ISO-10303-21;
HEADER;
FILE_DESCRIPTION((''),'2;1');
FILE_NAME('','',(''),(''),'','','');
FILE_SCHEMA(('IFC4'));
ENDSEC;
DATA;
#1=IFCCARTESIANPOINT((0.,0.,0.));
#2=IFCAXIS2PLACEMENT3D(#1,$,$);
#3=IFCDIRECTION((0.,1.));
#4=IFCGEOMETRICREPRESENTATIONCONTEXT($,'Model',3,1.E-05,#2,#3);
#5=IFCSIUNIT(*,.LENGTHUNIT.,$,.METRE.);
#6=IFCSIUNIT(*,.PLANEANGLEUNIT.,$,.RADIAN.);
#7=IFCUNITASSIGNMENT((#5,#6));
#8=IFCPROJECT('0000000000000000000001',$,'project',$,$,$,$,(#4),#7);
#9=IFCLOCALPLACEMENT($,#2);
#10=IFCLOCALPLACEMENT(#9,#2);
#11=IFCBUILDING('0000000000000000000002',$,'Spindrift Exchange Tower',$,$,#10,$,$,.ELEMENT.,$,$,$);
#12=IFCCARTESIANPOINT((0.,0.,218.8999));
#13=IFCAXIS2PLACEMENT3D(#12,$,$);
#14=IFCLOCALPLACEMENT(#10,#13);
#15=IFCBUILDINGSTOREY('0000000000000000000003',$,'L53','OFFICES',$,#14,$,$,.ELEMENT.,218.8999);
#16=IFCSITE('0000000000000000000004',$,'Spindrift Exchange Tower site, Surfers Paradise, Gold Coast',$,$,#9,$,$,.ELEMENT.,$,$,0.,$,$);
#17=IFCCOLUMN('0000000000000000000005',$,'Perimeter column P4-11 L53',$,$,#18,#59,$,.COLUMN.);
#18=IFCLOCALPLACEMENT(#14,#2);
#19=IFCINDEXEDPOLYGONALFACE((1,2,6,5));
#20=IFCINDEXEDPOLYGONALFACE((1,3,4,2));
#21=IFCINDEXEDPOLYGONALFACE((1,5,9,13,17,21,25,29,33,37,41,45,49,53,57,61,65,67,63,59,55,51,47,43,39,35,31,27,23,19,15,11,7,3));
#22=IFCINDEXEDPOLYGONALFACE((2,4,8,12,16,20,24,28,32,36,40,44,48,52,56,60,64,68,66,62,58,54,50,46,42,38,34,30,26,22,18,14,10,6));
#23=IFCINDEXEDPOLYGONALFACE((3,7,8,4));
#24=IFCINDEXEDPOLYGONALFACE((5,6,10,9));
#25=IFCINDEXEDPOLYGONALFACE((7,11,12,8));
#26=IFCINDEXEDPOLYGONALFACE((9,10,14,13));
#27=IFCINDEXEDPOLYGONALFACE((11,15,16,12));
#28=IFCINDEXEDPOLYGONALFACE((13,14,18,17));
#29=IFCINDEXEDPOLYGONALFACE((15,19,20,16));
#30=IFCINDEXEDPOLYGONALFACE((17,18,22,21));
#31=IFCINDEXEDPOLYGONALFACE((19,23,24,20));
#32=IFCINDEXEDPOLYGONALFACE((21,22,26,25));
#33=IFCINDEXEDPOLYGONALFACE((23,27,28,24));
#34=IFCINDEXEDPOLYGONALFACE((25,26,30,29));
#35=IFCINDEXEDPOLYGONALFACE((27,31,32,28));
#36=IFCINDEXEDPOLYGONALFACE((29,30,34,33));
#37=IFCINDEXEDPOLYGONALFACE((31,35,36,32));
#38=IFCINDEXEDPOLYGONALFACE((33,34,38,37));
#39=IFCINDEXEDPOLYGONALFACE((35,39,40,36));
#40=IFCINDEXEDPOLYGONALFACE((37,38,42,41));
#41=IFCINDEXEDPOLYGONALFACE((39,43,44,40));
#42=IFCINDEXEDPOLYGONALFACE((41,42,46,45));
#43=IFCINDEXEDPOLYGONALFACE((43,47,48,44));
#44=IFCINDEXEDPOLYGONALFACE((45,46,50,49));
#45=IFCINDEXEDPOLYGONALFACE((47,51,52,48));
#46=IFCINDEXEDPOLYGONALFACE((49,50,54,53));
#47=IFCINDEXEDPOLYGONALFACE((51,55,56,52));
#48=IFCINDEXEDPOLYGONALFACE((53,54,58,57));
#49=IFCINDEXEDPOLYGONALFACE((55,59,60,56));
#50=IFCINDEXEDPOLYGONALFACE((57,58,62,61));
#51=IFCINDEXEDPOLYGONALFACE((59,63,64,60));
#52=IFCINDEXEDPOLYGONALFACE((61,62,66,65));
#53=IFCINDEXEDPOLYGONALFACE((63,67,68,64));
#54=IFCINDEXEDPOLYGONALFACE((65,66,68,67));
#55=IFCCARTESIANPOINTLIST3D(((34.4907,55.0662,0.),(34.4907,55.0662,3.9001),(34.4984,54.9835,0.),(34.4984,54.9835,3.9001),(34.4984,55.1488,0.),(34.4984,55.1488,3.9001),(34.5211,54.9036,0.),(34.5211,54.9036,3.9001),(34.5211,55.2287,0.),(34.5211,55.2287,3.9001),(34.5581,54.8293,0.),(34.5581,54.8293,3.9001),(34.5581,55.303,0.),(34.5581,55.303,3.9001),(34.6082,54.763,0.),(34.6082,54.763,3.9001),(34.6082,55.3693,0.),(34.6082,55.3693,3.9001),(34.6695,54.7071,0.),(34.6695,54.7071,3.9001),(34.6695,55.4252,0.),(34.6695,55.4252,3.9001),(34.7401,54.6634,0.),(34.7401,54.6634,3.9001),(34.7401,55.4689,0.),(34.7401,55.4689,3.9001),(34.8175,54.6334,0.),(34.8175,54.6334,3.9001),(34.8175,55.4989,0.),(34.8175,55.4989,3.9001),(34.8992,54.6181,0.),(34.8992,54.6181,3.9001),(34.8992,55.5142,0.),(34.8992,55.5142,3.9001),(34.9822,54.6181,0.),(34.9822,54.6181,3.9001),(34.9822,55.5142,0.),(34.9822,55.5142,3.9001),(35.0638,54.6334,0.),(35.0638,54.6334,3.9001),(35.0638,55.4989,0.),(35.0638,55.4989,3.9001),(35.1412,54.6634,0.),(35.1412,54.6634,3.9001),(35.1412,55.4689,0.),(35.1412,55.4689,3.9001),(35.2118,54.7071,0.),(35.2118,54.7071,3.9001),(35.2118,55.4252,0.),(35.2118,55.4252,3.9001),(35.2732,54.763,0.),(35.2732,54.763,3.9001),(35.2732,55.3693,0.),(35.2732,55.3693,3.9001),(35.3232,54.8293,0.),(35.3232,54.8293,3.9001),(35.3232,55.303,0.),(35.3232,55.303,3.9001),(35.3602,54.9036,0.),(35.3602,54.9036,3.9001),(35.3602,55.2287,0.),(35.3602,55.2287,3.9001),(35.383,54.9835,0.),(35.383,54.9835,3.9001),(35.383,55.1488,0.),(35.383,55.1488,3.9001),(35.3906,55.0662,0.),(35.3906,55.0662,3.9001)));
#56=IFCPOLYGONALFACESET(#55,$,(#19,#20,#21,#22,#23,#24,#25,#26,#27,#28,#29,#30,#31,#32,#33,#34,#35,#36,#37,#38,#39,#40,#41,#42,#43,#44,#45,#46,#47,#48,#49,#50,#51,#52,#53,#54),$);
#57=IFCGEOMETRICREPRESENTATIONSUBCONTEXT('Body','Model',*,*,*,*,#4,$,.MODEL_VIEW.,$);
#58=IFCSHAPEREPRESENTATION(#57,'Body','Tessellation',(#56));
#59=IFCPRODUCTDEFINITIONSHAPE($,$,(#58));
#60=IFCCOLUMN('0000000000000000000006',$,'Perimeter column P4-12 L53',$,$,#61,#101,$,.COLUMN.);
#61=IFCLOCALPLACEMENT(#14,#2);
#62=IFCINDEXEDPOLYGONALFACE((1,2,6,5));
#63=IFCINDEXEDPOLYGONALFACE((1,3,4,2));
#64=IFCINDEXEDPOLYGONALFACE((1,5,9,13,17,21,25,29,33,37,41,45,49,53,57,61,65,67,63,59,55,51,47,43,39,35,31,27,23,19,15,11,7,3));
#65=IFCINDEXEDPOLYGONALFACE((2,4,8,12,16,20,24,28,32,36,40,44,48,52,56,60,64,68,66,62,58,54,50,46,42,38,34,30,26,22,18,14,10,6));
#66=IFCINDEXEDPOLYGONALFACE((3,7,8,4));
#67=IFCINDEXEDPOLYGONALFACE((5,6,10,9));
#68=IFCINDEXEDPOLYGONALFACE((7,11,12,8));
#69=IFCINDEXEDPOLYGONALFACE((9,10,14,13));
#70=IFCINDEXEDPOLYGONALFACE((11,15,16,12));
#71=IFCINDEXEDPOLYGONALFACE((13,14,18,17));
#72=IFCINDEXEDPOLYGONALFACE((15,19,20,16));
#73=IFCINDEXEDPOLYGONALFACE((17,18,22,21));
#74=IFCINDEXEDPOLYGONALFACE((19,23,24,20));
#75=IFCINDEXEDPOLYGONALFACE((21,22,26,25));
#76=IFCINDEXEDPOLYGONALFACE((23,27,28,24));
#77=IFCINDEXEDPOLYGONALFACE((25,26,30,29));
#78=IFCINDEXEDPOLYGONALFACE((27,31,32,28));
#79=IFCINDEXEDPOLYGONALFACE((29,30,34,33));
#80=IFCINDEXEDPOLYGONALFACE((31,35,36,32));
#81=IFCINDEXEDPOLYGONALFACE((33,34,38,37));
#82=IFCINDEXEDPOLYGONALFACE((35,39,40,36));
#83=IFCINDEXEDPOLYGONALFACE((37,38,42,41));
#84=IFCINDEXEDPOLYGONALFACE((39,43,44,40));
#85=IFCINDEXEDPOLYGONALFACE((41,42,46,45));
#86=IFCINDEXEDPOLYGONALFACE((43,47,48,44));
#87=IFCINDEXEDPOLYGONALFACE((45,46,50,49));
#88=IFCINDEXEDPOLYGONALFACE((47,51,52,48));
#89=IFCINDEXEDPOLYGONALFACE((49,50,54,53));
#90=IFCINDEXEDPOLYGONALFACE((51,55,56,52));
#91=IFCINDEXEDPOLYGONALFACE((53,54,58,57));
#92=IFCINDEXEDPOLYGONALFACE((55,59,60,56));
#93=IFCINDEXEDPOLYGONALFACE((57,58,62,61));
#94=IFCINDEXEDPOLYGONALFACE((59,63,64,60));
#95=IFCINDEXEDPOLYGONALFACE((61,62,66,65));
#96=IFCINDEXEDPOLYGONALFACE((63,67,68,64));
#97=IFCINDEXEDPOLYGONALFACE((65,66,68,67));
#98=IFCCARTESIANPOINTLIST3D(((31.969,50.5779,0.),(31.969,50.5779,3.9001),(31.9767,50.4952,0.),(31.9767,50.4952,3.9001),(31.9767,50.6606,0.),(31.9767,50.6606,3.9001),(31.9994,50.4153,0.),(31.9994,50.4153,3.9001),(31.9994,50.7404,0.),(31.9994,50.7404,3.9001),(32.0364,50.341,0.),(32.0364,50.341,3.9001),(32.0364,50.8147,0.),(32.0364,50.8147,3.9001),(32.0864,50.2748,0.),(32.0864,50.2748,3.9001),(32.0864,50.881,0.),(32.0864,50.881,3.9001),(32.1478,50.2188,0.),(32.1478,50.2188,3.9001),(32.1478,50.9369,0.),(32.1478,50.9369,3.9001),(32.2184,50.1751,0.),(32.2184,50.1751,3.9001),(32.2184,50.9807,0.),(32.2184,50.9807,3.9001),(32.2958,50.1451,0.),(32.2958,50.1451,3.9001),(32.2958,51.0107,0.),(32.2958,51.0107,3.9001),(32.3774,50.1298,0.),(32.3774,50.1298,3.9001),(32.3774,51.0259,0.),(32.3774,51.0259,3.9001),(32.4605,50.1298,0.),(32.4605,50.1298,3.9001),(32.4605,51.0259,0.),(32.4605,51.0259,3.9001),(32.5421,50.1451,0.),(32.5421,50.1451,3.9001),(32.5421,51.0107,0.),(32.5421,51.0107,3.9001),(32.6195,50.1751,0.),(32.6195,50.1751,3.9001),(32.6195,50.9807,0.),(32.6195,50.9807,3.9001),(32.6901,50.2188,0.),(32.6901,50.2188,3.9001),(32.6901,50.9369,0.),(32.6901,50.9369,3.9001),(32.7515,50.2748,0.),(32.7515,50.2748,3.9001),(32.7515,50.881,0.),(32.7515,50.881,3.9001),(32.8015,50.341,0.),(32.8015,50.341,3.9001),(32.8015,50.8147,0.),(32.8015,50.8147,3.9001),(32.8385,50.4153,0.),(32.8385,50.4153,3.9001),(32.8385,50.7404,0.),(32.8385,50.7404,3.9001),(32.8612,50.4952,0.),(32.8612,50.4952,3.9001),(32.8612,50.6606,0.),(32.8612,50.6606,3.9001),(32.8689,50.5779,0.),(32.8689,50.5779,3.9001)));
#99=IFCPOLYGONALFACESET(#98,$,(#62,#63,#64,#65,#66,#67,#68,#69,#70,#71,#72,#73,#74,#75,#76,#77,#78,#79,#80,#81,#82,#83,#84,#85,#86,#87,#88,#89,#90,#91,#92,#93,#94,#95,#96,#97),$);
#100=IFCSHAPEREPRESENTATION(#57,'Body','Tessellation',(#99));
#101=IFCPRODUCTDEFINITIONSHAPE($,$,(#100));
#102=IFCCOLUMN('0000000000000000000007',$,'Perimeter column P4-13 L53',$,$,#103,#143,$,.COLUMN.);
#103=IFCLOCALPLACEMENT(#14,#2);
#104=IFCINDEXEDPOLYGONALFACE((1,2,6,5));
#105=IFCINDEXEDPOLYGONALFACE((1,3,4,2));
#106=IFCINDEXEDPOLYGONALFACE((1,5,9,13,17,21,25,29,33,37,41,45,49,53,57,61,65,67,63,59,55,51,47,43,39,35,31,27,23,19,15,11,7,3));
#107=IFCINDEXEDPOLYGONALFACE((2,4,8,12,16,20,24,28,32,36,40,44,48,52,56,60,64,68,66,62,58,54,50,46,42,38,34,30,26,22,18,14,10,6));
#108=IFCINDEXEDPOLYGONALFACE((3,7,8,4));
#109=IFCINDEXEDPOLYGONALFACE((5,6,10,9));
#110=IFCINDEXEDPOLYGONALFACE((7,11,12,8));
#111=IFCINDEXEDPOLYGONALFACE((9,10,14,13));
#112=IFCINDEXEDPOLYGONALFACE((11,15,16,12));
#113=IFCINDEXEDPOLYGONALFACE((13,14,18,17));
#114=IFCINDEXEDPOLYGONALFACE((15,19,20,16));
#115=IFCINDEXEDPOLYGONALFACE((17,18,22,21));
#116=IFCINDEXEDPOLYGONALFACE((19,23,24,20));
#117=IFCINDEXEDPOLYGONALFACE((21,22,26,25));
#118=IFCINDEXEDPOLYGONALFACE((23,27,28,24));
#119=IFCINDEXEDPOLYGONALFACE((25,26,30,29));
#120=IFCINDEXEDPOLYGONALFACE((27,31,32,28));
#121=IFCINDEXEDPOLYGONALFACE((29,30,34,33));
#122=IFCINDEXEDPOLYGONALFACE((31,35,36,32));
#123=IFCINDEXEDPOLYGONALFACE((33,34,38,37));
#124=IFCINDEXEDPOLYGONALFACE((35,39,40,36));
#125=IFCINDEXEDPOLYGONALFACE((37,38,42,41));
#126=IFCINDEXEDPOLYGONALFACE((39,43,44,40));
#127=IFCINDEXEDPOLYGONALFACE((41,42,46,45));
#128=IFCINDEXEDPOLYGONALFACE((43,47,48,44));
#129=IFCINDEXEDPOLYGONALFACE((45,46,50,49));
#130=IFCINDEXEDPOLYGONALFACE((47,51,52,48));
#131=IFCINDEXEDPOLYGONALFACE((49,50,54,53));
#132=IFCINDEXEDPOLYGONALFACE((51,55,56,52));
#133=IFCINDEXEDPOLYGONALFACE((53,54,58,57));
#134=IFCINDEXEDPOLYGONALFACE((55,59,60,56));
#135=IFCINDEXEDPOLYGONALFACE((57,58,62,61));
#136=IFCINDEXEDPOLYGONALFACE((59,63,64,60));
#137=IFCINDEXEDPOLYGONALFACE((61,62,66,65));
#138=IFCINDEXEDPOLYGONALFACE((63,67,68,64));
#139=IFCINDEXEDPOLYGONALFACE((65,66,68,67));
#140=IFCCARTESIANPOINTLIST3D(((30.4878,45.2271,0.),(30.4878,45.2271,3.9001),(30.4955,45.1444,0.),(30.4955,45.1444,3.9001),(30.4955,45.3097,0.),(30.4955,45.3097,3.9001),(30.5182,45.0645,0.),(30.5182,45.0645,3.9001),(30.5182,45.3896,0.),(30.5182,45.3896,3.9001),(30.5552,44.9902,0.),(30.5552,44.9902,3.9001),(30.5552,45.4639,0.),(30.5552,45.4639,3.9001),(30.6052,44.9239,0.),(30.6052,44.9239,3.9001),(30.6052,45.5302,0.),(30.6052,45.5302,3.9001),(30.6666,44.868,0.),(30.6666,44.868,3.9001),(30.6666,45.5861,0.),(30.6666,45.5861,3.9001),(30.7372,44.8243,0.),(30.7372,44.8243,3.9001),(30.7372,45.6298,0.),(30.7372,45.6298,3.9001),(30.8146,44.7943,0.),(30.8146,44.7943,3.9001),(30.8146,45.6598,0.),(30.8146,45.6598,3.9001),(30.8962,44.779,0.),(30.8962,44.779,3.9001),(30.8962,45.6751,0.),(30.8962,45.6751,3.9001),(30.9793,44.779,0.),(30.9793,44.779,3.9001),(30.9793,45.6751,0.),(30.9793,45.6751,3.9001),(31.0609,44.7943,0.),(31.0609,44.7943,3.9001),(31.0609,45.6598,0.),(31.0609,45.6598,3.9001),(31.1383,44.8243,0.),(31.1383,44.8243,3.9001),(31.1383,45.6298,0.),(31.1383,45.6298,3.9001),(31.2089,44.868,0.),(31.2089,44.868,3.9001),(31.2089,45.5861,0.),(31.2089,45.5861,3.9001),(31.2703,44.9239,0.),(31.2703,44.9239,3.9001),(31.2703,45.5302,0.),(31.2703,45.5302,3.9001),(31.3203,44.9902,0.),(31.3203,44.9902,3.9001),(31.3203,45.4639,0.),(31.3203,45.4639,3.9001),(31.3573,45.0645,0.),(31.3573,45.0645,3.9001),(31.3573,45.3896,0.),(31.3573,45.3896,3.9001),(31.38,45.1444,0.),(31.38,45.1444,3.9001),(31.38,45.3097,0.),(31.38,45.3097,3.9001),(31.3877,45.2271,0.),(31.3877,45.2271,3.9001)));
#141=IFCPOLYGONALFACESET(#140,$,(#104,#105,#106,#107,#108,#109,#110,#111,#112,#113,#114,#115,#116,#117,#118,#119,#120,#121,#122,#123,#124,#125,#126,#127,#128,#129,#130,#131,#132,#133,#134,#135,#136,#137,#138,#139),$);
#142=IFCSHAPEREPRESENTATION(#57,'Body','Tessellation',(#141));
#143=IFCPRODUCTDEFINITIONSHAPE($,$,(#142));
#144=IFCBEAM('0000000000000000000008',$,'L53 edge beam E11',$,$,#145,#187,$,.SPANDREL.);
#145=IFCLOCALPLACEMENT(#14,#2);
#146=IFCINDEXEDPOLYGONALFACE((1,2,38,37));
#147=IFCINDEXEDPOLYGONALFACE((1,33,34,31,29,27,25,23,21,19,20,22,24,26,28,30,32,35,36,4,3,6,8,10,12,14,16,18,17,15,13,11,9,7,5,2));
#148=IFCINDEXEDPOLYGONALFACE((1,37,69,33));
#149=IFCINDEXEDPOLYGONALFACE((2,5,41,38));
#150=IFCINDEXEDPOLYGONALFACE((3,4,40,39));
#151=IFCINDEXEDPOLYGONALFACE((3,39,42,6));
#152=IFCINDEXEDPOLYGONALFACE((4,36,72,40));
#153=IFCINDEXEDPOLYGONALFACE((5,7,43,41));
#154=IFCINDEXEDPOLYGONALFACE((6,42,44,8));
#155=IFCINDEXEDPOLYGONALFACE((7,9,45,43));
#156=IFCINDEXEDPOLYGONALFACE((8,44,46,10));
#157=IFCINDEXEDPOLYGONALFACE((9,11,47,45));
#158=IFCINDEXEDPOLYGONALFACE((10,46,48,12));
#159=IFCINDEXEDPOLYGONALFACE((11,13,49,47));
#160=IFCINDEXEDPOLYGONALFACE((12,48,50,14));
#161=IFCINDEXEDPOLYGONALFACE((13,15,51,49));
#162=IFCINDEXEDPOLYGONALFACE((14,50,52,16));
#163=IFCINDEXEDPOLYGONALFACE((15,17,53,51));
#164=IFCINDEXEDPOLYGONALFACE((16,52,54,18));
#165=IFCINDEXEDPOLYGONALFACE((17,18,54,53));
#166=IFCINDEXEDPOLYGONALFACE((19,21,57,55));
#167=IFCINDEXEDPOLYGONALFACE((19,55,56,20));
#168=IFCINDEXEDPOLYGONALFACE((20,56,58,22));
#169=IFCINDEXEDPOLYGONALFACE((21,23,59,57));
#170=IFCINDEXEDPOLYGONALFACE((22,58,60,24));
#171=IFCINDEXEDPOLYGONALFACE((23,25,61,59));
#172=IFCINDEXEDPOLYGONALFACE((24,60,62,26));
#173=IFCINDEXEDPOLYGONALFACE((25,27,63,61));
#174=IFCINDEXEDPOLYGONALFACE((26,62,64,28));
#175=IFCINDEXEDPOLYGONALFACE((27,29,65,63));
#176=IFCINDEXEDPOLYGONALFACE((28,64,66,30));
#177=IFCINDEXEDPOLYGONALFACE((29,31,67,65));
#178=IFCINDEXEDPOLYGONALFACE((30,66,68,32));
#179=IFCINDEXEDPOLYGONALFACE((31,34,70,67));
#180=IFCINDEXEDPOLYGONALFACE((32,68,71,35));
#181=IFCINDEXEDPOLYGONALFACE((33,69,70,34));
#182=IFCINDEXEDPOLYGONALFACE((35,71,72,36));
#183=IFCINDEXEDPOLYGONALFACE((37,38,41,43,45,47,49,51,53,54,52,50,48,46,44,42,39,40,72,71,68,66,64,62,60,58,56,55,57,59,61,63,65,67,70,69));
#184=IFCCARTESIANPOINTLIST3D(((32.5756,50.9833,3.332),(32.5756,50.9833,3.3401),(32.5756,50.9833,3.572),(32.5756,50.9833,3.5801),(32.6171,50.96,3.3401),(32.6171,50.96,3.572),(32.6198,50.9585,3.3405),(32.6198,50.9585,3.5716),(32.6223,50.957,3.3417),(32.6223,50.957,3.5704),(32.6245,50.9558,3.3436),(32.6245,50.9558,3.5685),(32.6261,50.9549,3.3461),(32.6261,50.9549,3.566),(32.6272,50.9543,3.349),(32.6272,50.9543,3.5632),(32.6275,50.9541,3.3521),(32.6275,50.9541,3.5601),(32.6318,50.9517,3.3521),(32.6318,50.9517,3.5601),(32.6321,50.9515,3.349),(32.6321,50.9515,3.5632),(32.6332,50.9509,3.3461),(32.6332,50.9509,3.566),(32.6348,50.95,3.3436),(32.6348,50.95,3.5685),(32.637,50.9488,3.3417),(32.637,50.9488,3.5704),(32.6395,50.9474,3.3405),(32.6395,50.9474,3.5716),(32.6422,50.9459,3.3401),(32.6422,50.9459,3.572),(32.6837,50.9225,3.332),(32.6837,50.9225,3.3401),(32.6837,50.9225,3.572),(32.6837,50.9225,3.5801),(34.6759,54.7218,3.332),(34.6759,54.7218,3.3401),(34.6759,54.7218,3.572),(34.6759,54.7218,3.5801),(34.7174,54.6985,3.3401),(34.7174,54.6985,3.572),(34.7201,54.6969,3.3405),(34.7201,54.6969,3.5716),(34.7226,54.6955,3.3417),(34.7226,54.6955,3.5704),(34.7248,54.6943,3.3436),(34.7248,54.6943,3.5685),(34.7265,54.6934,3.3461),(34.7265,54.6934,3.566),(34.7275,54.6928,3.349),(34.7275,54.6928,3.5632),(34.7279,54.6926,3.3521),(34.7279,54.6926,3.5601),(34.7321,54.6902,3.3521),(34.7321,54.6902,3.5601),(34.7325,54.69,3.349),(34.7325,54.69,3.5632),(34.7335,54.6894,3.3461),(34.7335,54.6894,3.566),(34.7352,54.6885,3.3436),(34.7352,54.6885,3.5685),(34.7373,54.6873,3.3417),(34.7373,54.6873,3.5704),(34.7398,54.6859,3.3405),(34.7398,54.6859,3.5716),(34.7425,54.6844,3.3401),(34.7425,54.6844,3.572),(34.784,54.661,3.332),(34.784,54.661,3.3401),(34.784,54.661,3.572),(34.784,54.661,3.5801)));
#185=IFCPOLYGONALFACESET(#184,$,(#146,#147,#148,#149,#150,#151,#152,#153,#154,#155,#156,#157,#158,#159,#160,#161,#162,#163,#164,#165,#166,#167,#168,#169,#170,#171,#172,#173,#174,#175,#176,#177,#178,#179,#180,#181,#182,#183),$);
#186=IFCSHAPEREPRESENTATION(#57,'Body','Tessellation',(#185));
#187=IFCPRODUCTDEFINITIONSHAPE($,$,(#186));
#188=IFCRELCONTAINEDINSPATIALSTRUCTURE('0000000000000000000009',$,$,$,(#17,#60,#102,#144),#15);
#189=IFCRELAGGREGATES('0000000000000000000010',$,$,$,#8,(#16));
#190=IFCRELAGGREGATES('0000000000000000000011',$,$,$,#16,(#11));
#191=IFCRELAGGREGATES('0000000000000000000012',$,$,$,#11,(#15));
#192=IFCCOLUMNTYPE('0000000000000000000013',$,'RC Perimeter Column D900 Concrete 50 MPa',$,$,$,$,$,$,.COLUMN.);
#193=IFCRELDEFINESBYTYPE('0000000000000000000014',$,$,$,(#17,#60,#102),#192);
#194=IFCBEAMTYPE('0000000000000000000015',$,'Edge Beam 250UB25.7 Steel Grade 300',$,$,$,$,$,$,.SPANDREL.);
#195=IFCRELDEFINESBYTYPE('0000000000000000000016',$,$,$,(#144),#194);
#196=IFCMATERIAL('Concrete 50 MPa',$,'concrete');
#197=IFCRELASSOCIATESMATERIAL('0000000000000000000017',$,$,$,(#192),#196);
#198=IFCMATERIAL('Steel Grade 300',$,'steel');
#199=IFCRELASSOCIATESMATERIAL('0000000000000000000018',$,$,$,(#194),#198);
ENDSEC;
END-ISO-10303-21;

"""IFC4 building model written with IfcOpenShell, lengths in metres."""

from ifc_helpers import new_model, si_unit, direction, frame, origin, origin_2d, place, context, subcontext, project, spatial, circle, i_section, extrude, source, transform, mapped, material, material_profile, profile_set, type_object, element, save


model = new_model("IFC4")

# Units and contexts
model_context = context("Model", 3, precision=1e-05, world=origin(), true_north=direction((0.0, 1.0)))
body_context = subcontext(model_context, "Body", "Model", "MODEL_VIEW")
ifc_project = project(units=[si_unit("LENGTHUNIT", "METRE"), si_unit("PLANEANGLEUNIT", "RADIAN")], contexts=[model_context])

# Site, building, storey
site_placement = place(None, origin())
site = spatial("IfcSite", under=ifc_project, at=site_placement, Name="Spindrift Exchange Tower site, Surfers Paradise, Gold Coast", CompositionType="ELEMENT", RefElevation=0.0)
building_placement = place(site_placement, origin())
building = spatial("IfcBuilding", under=site, at=building_placement, Name="Spindrift Exchange Tower", CompositionType="ELEMENT")
storey_placement = place(building_placement, frame((0.0, 0.0, 218.8999)))
storey = spatial("IfcBuildingStorey", under=building, at=storey_placement, Name="L53", Description="OFFICES", CompositionType="ELEMENT", Elevation=218.8999)

# Columns
ifc_material_1 = material(Name="Concrete 50 MPa", Category="concrete")
ifc_material_profile_1 = material_profile(ifc_material_1, circle(Radius=0.45, at=origin_2d()), Name="RC D900")
ifc_profile_set_1 = profile_set([ifc_material_profile_1], Name="Concrete 50 MPa")
column_type = type_object("IfcColumnType", Name="RC Perimeter Column D900 Concrete 50 MPa", PredefinedType="COLUMN", material=ifc_profile_set_1)
shared_shape_1 = source(origin(), body_context, "Body", "SweptSolid", [
    extrude(circle(Radius=0.45, at=origin_2d()), origin(), (0.0, 0.0, 1.0), 3.9001),
])
for number, where, z_axis, x_axis, name in (
    (1, (34.9407, 55.0662, 0.0), (0.0, 0.0, 1.0), (1.0, 0.0, 0.0), "Perimeter column P4-11 L53"),
    (2, (32.4189, 50.5779, 0.0), (0.0, 0.0, 1.0), (1.0, 0.0, 0.0), "Perimeter column P4-12 L53"),
    (3, (30.9377, 45.2271, 0.0), (0.0, 0.0, 1.0), (1.0, 0.0, 0.0), "Perimeter column P4-13 L53"),
):
    element("IfcColumn", number, at=place(storey_placement, frame(where, z_axis=z_axis, x_axis=x_axis)), inside=storey, type_object=column_type, Name=name, PredefinedType="COLUMN", context=body_context, shape_type="MappedRepresentation", body=[
        mapped(shared_shape_1, transform((0.0, 0.0, 0.0), scale=1.0)),
    ])

# Beam
ifc_material_2 = material(Name="Steel Grade 300", Category="steel")
ifc_material_profile_2 = material_profile(ifc_material_2, i_section(OverallWidth=0.124, OverallDepth=0.248, WebThickness=0.0049, FlangeThickness=0.0081, FilletRadius=0.012, at=origin_2d()), Name="250UB25.7")
ifc_profile_set_2 = profile_set([ifc_material_profile_2], Name="Steel Grade 300")
beam_type_1 = type_object("IfcBeamType", Name="Edge Beam 250UB25.7 Steel Grade 300", PredefinedType="SPANDREL", material=ifc_profile_set_2)
shared_shape_2 = source(origin(), body_context, "Body", "SweptSolid", [
    extrude(i_section(OverallWidth=0.124, OverallDepth=0.248, WebThickness=0.0049, FlangeThickness=0.0081, FilletRadius=0.012, at=origin_2d()), origin(), (0.0, 0.0, 1.0), 4.2881),
])
beam_1_placement = place(storey_placement, frame((34.73, 54.6914, 3.4561), z_axis=(-0.489804, -0.871832, 0.0), x_axis=(0.871832, -0.489804, 0.0)))
element("IfcBeam", 4, at=beam_1_placement, inside=storey, type_object=beam_type_1, Name="L53 edge beam E11", PredefinedType="SPANDREL", context=body_context, shape_type="MappedRepresentation", body=[
    mapped(shared_shape_2, transform((0.0, 0.0, 0.0), scale=1.0)),
])

save(model, "model.ifc")
